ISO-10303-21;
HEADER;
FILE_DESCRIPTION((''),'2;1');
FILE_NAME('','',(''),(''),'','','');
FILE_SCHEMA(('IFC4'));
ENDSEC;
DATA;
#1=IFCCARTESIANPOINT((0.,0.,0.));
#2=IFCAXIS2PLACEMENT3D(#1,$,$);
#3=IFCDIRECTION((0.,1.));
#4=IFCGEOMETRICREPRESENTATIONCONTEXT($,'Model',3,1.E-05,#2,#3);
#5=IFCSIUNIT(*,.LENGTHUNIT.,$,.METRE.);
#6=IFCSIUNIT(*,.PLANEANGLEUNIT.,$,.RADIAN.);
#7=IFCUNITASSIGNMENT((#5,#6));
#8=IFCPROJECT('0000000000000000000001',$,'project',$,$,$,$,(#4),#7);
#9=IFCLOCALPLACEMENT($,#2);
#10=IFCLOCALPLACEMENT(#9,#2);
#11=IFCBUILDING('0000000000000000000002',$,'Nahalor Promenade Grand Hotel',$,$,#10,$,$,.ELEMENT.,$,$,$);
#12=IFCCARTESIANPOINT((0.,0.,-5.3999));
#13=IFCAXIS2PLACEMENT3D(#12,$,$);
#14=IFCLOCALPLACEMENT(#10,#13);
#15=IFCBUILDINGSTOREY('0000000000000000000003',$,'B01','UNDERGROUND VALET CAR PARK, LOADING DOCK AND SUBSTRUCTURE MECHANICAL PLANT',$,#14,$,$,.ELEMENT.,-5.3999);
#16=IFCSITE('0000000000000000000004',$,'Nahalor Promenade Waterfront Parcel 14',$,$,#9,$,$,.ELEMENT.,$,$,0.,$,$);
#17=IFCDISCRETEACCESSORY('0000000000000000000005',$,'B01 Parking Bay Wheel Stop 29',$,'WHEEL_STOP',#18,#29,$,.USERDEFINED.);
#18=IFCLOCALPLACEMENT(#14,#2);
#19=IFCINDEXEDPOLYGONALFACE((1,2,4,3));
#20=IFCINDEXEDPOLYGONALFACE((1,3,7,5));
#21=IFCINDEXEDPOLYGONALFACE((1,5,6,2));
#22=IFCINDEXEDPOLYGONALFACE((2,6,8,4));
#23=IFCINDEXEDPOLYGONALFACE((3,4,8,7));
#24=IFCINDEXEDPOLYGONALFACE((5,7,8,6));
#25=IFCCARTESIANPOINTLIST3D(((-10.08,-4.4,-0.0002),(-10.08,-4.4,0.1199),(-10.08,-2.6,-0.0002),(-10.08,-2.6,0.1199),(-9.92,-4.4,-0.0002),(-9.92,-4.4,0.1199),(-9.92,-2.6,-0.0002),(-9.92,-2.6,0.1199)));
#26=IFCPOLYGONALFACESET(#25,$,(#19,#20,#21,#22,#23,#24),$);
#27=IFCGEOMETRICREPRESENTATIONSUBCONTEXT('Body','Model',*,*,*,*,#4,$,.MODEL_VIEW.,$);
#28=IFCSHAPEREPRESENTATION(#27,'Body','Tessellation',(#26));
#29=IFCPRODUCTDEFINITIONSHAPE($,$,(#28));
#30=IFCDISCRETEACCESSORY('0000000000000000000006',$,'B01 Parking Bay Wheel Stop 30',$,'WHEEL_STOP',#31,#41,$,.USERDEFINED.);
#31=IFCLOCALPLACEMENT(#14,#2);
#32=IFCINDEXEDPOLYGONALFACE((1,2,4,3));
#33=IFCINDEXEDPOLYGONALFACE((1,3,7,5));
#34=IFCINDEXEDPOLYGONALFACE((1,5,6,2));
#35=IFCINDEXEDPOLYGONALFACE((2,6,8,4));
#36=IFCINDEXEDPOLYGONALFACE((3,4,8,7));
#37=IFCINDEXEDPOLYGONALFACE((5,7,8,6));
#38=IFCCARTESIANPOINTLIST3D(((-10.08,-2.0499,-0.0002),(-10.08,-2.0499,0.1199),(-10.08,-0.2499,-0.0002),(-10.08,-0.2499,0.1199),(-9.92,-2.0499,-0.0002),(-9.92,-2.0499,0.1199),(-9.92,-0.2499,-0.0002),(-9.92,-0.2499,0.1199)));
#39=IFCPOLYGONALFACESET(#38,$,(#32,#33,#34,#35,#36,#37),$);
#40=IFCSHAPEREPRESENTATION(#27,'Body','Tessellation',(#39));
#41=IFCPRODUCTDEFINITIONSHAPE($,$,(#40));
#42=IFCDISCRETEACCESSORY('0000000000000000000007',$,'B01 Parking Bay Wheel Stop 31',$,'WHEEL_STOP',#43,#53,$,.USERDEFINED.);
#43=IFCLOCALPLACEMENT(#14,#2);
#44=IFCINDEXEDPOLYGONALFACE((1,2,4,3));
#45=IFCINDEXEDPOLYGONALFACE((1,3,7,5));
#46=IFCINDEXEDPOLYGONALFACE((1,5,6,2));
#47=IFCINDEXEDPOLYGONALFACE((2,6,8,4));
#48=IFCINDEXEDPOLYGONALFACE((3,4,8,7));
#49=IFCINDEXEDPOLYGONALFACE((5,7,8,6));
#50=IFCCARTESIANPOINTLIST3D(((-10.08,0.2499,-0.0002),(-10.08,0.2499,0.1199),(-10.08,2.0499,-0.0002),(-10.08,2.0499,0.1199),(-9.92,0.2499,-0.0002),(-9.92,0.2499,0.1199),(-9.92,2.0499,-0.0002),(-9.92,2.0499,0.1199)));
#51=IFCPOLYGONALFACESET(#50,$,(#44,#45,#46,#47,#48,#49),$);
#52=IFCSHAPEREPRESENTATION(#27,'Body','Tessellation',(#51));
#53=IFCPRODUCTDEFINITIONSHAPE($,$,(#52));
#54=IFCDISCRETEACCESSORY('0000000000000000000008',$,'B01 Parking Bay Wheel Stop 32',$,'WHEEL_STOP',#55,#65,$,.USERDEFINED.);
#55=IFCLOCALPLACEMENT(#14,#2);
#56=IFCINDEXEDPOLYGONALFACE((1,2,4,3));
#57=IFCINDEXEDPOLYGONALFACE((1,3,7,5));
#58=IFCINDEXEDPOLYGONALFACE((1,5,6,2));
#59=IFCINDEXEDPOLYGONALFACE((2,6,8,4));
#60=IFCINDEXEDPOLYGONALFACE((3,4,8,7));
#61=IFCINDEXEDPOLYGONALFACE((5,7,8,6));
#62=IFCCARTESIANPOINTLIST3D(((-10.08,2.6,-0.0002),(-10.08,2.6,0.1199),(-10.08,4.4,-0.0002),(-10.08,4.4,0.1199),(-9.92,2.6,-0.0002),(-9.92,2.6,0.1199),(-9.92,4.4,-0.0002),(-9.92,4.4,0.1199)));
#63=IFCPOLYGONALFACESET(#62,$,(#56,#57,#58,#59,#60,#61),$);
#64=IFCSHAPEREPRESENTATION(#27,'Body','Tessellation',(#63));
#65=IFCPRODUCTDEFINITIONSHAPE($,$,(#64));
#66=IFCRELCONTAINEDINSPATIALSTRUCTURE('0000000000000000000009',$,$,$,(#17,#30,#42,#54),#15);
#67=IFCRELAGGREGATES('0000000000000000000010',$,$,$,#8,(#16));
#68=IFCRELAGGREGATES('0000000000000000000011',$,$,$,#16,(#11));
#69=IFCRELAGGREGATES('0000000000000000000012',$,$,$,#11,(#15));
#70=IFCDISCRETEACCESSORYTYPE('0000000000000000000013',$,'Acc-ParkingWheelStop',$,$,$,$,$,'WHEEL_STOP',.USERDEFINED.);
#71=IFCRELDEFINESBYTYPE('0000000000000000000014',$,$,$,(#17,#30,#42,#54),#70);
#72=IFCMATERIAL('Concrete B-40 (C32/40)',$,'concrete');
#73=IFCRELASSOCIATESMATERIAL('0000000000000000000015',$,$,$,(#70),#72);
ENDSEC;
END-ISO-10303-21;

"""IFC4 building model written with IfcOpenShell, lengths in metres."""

from ifc_helpers import new_model, si_unit, direction, frame, origin, origin_2d, place, context, subcontext, project, spatial, rectangle, extrude, source, transform, mapped, material, type_object, element, save


model = new_model("IFC4")

# Units and contexts
model_context = context("Model", 3, precision=1e-05, world=origin(), true_north=direction((0.0, 1.0)))
body_context = subcontext(model_context, "Body", "Model", "MODEL_VIEW")
ifc_project = project(units=[si_unit("LENGTHUNIT", "METRE"), si_unit("PLANEANGLEUNIT", "RADIAN")], contexts=[model_context])

# Site, building, storey
site_placement = place(None, origin())
site = spatial("IfcSite", under=ifc_project, at=site_placement, Name="Nahalor Promenade Waterfront Parcel 14", CompositionType="ELEMENT", RefElevation=0.0)
building_placement = place(site_placement, origin())
building = spatial("IfcBuilding", under=site, at=building_placement, Name="Nahalor Promenade Grand Hotel", CompositionType="ELEMENT")
storey_placement = place(building_placement, frame((0.0, 0.0, -5.3999)))
storey = spatial("IfcBuildingStorey", under=building, at=storey_placement, Name="B01", Description="UNDERGROUND VALET CAR PARK, LOADING DOCK AND SUBSTRUCTURE MECHANICAL PLANT", CompositionType="ELEMENT", Elevation=-5.3999)

# Shared definitions
ifc_material_1 = material(Name="Concrete B-40 (C32/40)", Category="concrete")

# Discrete accessories
discrete_accessory_type = type_object("IfcDiscreteAccessoryType", Name="Acc-ParkingWheelStop", ElementType="WHEEL_STOP", PredefinedType="USERDEFINED", material=ifc_material_1)
shared_shape_1 = source(origin(), body_context, "Body", "SweptSolid", [
    extrude(rectangle(XDim=1.8, YDim=0.1599, at=origin_2d()), origin(), (0.0, 0.0, 1.0), 0.1201),
])
for number, where, z_axis, x_axis, name in (
    (1, (-10.0, -3.5, -0.0002), (0.0, 0.0, 1.0), (0.0, 1.0, 0.0), "B01 Parking Bay Wheel Stop 29"),
    (2, (-10.0, -1.1499, -0.0002), (0.0, 0.0, 1.0), (0.0, 1.0, 0.0), "B01 Parking Bay Wheel Stop 30"),
    (3, (-10.0, 1.1499, -0.0002), (0.0, 0.0, 1.0), (0.0, 1.0, 0.0), "B01 Parking Bay Wheel Stop 31"),
    (4, (-10.0, 3.5, -0.0002), (0.0, 0.0, 1.0), (0.0, 1.0, 0.0), "B01 Parking Bay Wheel Stop 32"),
):
    element("IfcDiscreteAccessory", number, at=place(storey_placement, frame(where, z_axis=z_axis, x_axis=x_axis)), inside=storey, type_object=discrete_accessory_type, Name=name, ObjectType="WHEEL_STOP", PredefinedType="USERDEFINED", context=body_context, shape_type="MappedRepresentation", body=[
        mapped(shared_shape_1, transform((0.0, 0.0, 0.0), scale=1.0)),
    ])

save(model, "model.ifc")
